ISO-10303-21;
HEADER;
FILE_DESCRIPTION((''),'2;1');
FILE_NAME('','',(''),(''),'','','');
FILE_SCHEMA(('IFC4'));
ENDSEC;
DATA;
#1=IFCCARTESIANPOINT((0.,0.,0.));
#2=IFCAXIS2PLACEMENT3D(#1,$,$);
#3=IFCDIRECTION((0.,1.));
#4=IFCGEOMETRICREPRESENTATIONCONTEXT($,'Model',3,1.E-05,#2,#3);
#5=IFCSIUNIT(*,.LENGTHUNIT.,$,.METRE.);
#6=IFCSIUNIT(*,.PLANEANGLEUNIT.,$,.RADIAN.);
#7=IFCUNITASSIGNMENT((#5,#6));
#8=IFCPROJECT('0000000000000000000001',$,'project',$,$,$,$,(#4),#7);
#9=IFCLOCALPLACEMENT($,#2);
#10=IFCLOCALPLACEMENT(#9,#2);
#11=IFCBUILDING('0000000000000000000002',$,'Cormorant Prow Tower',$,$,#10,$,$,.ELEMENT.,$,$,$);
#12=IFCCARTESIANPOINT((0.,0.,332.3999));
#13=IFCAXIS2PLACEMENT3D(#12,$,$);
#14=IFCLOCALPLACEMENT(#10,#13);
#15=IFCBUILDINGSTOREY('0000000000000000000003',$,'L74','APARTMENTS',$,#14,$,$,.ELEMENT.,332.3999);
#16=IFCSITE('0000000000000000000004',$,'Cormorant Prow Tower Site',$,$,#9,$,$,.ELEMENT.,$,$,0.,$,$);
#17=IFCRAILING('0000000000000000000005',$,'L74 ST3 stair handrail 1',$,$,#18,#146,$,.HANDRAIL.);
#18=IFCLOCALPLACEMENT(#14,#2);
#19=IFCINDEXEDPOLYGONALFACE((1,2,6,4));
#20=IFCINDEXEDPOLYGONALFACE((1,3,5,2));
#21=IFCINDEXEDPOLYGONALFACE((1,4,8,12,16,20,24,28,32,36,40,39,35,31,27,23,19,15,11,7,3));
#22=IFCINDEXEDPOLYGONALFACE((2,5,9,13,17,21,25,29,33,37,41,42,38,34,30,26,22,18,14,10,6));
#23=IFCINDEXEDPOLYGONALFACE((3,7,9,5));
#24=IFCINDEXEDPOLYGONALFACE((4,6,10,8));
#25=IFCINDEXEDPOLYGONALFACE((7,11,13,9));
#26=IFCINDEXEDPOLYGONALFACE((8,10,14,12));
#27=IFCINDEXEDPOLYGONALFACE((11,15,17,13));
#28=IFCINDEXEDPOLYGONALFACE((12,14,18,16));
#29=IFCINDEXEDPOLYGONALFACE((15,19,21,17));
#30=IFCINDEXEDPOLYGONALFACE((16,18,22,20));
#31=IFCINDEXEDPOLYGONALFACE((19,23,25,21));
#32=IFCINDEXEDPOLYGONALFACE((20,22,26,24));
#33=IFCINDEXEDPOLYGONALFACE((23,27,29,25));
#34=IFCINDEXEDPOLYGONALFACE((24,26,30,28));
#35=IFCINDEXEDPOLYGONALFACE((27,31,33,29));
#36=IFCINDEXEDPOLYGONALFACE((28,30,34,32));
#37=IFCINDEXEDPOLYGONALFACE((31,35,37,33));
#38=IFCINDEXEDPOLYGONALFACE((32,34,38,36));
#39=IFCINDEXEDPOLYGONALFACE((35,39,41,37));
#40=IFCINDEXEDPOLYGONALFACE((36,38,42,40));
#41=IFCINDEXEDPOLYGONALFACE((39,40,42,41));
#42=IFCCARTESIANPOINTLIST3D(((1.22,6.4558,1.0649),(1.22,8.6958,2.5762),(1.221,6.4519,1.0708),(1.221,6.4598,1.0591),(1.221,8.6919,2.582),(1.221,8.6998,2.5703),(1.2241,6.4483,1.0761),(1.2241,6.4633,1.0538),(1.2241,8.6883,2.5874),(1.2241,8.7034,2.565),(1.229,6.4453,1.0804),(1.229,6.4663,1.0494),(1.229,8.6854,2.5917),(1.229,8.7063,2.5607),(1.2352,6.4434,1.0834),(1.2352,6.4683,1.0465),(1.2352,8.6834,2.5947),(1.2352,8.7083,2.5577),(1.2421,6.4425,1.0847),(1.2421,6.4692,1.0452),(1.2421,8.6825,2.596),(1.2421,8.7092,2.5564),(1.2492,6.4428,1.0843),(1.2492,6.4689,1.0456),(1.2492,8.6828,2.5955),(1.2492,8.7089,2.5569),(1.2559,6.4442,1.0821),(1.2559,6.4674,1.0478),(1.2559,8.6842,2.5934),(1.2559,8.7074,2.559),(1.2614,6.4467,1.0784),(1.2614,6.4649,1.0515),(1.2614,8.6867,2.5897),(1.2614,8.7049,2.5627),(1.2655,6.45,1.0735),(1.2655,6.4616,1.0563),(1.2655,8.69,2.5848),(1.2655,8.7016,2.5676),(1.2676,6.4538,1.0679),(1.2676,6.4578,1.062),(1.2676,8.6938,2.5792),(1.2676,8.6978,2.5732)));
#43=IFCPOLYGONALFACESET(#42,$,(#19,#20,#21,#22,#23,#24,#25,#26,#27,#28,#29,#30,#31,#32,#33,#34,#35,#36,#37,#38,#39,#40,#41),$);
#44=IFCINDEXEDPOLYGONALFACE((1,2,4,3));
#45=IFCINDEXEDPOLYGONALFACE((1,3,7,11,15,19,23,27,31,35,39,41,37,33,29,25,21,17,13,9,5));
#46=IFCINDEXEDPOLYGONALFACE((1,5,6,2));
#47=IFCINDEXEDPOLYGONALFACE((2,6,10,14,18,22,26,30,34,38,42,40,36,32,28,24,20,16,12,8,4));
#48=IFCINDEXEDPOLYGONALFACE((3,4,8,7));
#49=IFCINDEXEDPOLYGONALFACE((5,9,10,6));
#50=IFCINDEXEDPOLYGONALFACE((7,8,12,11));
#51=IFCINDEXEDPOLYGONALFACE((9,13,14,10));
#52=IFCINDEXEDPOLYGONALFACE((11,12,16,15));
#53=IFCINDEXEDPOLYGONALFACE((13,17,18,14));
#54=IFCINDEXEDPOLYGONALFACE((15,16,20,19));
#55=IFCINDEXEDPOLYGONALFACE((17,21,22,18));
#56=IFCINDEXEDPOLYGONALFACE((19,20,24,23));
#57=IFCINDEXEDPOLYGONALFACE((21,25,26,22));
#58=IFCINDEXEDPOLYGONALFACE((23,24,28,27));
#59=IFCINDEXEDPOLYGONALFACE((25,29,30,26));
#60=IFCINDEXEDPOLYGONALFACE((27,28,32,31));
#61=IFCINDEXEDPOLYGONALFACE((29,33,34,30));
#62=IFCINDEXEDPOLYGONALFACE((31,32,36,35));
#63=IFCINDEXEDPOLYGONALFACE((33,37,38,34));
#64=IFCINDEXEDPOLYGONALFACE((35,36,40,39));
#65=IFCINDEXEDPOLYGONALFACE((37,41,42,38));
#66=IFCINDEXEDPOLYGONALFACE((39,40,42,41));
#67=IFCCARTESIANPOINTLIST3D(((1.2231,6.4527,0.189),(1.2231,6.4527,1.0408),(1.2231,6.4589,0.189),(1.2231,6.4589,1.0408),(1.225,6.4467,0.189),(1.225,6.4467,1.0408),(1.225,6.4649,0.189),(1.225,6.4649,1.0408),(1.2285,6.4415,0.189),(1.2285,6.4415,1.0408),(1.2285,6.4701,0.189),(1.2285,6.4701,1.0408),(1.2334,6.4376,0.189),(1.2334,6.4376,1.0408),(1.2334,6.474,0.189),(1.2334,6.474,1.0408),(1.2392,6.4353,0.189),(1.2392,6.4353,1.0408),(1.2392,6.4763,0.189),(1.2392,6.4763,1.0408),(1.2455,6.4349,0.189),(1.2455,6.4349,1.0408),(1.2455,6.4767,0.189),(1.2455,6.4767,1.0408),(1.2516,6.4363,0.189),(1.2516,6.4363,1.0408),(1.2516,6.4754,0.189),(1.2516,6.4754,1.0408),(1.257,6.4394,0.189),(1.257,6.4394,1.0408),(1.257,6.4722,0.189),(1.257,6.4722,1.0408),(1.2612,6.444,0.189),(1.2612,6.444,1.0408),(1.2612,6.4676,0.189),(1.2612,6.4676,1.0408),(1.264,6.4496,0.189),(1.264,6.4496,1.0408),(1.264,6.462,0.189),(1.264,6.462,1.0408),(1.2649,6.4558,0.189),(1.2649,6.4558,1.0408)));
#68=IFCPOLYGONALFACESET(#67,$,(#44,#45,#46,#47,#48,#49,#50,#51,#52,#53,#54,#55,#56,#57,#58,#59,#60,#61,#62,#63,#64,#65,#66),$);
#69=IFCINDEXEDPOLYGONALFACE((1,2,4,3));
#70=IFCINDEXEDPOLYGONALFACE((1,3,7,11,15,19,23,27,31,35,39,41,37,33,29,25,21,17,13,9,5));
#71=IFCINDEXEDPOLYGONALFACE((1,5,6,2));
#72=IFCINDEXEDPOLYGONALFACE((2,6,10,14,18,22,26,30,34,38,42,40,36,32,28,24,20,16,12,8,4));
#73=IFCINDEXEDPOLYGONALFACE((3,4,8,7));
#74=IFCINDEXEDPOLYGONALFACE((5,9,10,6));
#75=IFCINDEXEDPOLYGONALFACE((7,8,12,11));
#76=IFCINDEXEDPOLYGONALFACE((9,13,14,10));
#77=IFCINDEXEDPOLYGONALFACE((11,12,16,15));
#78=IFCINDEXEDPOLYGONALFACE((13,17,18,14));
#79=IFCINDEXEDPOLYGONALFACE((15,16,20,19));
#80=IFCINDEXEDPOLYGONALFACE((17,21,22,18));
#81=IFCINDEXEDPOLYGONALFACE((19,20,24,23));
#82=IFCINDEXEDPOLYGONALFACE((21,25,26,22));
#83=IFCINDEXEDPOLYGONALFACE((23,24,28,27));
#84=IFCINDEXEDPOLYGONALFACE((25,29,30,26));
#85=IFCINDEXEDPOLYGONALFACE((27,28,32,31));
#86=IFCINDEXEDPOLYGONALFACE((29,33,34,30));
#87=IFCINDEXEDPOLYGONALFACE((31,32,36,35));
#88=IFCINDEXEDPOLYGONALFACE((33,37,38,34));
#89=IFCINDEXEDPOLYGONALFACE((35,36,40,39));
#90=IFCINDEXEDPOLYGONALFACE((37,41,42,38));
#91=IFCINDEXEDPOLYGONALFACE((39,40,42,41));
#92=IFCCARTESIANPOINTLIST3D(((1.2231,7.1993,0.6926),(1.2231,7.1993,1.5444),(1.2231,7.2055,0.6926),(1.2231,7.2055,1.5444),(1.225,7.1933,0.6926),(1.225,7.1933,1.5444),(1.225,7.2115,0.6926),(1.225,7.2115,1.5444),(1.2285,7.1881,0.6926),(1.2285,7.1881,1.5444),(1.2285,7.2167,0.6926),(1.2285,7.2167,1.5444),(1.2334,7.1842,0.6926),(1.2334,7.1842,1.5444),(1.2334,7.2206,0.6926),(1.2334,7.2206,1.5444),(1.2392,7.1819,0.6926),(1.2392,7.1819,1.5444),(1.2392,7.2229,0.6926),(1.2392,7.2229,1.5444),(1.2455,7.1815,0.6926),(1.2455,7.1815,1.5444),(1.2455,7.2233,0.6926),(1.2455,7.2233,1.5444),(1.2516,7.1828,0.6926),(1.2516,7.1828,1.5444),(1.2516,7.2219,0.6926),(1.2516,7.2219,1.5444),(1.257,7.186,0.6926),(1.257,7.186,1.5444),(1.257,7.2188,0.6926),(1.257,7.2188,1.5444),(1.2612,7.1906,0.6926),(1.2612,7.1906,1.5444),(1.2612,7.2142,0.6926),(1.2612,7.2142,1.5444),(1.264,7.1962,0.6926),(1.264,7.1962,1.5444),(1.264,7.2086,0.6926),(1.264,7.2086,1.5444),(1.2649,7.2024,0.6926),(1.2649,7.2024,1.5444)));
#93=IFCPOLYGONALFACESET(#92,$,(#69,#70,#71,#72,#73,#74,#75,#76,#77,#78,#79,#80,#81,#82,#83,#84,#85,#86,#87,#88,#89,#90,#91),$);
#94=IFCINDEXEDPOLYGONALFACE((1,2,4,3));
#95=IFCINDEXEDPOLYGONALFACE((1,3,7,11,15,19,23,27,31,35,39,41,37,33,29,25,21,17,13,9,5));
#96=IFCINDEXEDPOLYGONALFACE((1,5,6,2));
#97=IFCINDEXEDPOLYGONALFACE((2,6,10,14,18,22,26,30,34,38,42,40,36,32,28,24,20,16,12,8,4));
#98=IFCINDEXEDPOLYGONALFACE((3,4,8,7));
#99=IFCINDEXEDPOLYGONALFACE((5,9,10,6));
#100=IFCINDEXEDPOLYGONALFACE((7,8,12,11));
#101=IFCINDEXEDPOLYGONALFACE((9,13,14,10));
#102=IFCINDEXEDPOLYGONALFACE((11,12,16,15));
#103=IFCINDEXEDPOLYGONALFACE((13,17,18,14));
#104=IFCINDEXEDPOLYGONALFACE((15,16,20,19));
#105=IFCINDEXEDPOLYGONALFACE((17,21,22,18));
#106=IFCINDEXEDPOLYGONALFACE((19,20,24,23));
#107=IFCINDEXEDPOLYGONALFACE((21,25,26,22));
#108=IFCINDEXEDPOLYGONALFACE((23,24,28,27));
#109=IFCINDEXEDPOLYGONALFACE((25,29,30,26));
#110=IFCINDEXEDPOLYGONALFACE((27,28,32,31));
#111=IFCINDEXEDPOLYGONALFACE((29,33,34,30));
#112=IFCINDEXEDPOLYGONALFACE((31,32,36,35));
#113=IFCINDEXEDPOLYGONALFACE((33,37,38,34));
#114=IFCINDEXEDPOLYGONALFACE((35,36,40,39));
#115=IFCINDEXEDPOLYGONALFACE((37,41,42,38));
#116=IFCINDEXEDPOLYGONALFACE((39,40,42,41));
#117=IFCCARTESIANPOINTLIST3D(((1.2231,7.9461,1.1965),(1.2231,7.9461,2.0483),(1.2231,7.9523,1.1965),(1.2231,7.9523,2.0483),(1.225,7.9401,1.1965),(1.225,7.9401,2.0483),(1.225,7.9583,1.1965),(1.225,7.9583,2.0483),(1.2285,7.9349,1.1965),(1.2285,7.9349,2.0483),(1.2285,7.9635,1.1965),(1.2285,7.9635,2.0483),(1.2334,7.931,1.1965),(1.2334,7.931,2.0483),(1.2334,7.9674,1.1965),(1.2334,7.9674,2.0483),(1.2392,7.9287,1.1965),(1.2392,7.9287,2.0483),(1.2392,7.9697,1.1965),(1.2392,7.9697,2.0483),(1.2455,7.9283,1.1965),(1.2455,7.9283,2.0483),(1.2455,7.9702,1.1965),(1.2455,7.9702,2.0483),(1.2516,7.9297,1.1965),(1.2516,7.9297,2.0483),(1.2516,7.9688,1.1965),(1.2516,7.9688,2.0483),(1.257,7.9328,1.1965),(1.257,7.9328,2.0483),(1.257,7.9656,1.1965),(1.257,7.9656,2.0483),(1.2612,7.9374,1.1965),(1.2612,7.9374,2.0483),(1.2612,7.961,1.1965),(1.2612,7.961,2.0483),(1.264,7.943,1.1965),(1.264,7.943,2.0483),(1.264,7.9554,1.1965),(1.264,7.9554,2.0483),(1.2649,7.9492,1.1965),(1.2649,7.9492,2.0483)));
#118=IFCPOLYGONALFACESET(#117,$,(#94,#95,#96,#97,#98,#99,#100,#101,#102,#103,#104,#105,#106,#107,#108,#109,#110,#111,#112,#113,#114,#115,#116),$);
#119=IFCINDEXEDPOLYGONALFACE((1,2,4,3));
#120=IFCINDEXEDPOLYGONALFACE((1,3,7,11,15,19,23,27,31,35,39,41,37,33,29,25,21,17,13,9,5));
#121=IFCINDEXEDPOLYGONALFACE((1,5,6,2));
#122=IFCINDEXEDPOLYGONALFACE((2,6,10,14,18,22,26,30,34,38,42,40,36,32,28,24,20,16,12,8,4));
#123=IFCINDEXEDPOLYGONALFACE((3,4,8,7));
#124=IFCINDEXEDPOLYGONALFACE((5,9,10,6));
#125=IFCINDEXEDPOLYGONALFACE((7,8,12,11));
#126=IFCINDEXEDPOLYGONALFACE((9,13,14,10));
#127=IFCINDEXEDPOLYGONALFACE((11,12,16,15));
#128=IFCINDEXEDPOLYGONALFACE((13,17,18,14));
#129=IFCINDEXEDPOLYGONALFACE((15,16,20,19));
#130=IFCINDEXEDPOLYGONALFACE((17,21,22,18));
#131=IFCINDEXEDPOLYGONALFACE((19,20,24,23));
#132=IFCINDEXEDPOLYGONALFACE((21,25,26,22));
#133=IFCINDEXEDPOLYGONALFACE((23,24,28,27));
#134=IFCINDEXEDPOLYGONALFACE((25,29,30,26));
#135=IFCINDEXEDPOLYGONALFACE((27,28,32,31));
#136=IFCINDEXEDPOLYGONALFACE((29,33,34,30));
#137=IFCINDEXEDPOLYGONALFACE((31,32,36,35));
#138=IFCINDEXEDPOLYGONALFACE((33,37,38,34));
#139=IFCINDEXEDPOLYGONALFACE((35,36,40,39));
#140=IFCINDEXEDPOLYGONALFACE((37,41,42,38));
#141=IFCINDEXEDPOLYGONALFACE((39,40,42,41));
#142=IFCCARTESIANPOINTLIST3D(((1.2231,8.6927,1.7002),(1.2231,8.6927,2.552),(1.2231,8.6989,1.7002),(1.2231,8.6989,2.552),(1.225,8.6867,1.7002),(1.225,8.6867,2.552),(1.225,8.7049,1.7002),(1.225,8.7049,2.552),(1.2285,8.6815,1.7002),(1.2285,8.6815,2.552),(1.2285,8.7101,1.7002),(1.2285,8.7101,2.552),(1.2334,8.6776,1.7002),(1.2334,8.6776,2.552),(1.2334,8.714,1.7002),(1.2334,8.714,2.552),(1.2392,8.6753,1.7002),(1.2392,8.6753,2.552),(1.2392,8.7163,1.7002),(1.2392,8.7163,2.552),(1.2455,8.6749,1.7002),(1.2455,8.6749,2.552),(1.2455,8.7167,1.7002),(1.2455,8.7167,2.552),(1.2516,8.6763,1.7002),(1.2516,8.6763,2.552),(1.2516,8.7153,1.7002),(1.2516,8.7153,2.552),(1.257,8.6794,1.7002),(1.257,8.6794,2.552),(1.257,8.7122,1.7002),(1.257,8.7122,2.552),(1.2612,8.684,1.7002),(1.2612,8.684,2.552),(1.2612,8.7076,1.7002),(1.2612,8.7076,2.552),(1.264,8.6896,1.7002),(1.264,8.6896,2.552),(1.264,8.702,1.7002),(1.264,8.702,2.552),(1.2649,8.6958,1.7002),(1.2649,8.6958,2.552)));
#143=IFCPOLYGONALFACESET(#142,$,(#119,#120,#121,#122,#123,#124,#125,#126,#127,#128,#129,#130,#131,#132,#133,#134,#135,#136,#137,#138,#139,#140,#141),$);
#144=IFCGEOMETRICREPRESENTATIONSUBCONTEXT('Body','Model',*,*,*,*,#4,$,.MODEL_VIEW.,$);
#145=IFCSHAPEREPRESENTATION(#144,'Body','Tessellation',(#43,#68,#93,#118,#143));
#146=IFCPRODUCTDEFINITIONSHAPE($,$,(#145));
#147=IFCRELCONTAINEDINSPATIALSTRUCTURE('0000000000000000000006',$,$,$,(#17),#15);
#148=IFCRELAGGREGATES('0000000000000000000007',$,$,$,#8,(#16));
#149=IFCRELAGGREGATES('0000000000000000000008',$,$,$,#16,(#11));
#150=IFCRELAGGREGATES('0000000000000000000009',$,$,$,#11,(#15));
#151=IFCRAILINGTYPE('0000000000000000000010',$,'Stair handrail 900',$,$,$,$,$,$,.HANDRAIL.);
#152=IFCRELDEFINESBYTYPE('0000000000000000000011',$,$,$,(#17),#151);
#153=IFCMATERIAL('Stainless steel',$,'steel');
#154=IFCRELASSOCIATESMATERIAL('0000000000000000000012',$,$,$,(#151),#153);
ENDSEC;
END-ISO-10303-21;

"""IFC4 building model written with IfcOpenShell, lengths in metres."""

from ifc_helpers import new_model, si_unit, direction, frame, origin, origin_2d, place, context, subcontext, project, spatial, circle, extrude, material, type_object, element, save


model = new_model("IFC4")

# Units and contexts
model_context = context("Model", 3, precision=1e-05, world=origin(), true_north=direction((0.0, 1.0)))
body_context = subcontext(model_context, "Body", "Model", "MODEL_VIEW")
ifc_project = project(units=[si_unit("LENGTHUNIT", "METRE"), si_unit("PLANEANGLEUNIT", "RADIAN")], contexts=[model_context])

# Site, building, storey
site_placement = place(None, origin())
site = spatial("IfcSite", under=ifc_project, at=site_placement, Name="Cormorant Prow Tower Site", CompositionType="ELEMENT", RefElevation=0.0)
building_placement = place(site_placement, origin())
building = spatial("IfcBuilding", under=site, at=building_placement, Name="Cormorant Prow Tower", CompositionType="ELEMENT")
storey_placement = place(building_placement, frame((0.0, 0.0, 332.3999)))
storey = spatial("IfcBuildingStorey", under=building, at=storey_placement, Name="L74", Description="APARTMENTS", CompositionType="ELEMENT", Elevation=332.3999)

# Railing
ifc_material_1 = material(Name="Stainless steel", Category="steel")
railing_type_1 = type_object("IfcRailingType", Name="Stair handrail 900", PredefinedType="HANDRAIL", material=ifc_material_1)
railing_1_placement = place(storey_placement, frame((1.2439, 6.4558, 0.189)))
element("IfcRailing", 1, at=railing_1_placement, inside=storey, type_object=railing_type_1, Name="L74 ST3 stair handrail 1", PredefinedType="HANDRAIL", context=body_context, shape_type="SweptSolid", body=[
    extrude(circle(Radius=0.0239, at=origin_2d()), frame((0.0, 0.0, 0.876), z_axis=(0.0, 0.82898, 0.559279), x_axis=(-1.0, 0.0, 0.0)), (0.0, 0.0, 1.0), 2.7021),
    extrude(circle(Radius=0.021, at=origin_2d()), origin(), (0.0, 0.0, 1.0), 0.8518),
    extrude(circle(Radius=0.021, at=origin_2d()), frame((0.0, 0.7466, 0.5037)), (0.0, 0.0, 1.0), 0.8518),
    extrude(circle(Radius=0.021, at=origin_2d()), frame((0.0, 1.4934, 1.0076)), (0.0, 0.0, 1.0), 0.8518),
    extrude(circle(Radius=0.021, at=origin_2d()), frame((0.0, 2.24, 1.5112)), (0.0, 0.0, 1.0), 0.8518),
])

save(model, "model.ifc")
